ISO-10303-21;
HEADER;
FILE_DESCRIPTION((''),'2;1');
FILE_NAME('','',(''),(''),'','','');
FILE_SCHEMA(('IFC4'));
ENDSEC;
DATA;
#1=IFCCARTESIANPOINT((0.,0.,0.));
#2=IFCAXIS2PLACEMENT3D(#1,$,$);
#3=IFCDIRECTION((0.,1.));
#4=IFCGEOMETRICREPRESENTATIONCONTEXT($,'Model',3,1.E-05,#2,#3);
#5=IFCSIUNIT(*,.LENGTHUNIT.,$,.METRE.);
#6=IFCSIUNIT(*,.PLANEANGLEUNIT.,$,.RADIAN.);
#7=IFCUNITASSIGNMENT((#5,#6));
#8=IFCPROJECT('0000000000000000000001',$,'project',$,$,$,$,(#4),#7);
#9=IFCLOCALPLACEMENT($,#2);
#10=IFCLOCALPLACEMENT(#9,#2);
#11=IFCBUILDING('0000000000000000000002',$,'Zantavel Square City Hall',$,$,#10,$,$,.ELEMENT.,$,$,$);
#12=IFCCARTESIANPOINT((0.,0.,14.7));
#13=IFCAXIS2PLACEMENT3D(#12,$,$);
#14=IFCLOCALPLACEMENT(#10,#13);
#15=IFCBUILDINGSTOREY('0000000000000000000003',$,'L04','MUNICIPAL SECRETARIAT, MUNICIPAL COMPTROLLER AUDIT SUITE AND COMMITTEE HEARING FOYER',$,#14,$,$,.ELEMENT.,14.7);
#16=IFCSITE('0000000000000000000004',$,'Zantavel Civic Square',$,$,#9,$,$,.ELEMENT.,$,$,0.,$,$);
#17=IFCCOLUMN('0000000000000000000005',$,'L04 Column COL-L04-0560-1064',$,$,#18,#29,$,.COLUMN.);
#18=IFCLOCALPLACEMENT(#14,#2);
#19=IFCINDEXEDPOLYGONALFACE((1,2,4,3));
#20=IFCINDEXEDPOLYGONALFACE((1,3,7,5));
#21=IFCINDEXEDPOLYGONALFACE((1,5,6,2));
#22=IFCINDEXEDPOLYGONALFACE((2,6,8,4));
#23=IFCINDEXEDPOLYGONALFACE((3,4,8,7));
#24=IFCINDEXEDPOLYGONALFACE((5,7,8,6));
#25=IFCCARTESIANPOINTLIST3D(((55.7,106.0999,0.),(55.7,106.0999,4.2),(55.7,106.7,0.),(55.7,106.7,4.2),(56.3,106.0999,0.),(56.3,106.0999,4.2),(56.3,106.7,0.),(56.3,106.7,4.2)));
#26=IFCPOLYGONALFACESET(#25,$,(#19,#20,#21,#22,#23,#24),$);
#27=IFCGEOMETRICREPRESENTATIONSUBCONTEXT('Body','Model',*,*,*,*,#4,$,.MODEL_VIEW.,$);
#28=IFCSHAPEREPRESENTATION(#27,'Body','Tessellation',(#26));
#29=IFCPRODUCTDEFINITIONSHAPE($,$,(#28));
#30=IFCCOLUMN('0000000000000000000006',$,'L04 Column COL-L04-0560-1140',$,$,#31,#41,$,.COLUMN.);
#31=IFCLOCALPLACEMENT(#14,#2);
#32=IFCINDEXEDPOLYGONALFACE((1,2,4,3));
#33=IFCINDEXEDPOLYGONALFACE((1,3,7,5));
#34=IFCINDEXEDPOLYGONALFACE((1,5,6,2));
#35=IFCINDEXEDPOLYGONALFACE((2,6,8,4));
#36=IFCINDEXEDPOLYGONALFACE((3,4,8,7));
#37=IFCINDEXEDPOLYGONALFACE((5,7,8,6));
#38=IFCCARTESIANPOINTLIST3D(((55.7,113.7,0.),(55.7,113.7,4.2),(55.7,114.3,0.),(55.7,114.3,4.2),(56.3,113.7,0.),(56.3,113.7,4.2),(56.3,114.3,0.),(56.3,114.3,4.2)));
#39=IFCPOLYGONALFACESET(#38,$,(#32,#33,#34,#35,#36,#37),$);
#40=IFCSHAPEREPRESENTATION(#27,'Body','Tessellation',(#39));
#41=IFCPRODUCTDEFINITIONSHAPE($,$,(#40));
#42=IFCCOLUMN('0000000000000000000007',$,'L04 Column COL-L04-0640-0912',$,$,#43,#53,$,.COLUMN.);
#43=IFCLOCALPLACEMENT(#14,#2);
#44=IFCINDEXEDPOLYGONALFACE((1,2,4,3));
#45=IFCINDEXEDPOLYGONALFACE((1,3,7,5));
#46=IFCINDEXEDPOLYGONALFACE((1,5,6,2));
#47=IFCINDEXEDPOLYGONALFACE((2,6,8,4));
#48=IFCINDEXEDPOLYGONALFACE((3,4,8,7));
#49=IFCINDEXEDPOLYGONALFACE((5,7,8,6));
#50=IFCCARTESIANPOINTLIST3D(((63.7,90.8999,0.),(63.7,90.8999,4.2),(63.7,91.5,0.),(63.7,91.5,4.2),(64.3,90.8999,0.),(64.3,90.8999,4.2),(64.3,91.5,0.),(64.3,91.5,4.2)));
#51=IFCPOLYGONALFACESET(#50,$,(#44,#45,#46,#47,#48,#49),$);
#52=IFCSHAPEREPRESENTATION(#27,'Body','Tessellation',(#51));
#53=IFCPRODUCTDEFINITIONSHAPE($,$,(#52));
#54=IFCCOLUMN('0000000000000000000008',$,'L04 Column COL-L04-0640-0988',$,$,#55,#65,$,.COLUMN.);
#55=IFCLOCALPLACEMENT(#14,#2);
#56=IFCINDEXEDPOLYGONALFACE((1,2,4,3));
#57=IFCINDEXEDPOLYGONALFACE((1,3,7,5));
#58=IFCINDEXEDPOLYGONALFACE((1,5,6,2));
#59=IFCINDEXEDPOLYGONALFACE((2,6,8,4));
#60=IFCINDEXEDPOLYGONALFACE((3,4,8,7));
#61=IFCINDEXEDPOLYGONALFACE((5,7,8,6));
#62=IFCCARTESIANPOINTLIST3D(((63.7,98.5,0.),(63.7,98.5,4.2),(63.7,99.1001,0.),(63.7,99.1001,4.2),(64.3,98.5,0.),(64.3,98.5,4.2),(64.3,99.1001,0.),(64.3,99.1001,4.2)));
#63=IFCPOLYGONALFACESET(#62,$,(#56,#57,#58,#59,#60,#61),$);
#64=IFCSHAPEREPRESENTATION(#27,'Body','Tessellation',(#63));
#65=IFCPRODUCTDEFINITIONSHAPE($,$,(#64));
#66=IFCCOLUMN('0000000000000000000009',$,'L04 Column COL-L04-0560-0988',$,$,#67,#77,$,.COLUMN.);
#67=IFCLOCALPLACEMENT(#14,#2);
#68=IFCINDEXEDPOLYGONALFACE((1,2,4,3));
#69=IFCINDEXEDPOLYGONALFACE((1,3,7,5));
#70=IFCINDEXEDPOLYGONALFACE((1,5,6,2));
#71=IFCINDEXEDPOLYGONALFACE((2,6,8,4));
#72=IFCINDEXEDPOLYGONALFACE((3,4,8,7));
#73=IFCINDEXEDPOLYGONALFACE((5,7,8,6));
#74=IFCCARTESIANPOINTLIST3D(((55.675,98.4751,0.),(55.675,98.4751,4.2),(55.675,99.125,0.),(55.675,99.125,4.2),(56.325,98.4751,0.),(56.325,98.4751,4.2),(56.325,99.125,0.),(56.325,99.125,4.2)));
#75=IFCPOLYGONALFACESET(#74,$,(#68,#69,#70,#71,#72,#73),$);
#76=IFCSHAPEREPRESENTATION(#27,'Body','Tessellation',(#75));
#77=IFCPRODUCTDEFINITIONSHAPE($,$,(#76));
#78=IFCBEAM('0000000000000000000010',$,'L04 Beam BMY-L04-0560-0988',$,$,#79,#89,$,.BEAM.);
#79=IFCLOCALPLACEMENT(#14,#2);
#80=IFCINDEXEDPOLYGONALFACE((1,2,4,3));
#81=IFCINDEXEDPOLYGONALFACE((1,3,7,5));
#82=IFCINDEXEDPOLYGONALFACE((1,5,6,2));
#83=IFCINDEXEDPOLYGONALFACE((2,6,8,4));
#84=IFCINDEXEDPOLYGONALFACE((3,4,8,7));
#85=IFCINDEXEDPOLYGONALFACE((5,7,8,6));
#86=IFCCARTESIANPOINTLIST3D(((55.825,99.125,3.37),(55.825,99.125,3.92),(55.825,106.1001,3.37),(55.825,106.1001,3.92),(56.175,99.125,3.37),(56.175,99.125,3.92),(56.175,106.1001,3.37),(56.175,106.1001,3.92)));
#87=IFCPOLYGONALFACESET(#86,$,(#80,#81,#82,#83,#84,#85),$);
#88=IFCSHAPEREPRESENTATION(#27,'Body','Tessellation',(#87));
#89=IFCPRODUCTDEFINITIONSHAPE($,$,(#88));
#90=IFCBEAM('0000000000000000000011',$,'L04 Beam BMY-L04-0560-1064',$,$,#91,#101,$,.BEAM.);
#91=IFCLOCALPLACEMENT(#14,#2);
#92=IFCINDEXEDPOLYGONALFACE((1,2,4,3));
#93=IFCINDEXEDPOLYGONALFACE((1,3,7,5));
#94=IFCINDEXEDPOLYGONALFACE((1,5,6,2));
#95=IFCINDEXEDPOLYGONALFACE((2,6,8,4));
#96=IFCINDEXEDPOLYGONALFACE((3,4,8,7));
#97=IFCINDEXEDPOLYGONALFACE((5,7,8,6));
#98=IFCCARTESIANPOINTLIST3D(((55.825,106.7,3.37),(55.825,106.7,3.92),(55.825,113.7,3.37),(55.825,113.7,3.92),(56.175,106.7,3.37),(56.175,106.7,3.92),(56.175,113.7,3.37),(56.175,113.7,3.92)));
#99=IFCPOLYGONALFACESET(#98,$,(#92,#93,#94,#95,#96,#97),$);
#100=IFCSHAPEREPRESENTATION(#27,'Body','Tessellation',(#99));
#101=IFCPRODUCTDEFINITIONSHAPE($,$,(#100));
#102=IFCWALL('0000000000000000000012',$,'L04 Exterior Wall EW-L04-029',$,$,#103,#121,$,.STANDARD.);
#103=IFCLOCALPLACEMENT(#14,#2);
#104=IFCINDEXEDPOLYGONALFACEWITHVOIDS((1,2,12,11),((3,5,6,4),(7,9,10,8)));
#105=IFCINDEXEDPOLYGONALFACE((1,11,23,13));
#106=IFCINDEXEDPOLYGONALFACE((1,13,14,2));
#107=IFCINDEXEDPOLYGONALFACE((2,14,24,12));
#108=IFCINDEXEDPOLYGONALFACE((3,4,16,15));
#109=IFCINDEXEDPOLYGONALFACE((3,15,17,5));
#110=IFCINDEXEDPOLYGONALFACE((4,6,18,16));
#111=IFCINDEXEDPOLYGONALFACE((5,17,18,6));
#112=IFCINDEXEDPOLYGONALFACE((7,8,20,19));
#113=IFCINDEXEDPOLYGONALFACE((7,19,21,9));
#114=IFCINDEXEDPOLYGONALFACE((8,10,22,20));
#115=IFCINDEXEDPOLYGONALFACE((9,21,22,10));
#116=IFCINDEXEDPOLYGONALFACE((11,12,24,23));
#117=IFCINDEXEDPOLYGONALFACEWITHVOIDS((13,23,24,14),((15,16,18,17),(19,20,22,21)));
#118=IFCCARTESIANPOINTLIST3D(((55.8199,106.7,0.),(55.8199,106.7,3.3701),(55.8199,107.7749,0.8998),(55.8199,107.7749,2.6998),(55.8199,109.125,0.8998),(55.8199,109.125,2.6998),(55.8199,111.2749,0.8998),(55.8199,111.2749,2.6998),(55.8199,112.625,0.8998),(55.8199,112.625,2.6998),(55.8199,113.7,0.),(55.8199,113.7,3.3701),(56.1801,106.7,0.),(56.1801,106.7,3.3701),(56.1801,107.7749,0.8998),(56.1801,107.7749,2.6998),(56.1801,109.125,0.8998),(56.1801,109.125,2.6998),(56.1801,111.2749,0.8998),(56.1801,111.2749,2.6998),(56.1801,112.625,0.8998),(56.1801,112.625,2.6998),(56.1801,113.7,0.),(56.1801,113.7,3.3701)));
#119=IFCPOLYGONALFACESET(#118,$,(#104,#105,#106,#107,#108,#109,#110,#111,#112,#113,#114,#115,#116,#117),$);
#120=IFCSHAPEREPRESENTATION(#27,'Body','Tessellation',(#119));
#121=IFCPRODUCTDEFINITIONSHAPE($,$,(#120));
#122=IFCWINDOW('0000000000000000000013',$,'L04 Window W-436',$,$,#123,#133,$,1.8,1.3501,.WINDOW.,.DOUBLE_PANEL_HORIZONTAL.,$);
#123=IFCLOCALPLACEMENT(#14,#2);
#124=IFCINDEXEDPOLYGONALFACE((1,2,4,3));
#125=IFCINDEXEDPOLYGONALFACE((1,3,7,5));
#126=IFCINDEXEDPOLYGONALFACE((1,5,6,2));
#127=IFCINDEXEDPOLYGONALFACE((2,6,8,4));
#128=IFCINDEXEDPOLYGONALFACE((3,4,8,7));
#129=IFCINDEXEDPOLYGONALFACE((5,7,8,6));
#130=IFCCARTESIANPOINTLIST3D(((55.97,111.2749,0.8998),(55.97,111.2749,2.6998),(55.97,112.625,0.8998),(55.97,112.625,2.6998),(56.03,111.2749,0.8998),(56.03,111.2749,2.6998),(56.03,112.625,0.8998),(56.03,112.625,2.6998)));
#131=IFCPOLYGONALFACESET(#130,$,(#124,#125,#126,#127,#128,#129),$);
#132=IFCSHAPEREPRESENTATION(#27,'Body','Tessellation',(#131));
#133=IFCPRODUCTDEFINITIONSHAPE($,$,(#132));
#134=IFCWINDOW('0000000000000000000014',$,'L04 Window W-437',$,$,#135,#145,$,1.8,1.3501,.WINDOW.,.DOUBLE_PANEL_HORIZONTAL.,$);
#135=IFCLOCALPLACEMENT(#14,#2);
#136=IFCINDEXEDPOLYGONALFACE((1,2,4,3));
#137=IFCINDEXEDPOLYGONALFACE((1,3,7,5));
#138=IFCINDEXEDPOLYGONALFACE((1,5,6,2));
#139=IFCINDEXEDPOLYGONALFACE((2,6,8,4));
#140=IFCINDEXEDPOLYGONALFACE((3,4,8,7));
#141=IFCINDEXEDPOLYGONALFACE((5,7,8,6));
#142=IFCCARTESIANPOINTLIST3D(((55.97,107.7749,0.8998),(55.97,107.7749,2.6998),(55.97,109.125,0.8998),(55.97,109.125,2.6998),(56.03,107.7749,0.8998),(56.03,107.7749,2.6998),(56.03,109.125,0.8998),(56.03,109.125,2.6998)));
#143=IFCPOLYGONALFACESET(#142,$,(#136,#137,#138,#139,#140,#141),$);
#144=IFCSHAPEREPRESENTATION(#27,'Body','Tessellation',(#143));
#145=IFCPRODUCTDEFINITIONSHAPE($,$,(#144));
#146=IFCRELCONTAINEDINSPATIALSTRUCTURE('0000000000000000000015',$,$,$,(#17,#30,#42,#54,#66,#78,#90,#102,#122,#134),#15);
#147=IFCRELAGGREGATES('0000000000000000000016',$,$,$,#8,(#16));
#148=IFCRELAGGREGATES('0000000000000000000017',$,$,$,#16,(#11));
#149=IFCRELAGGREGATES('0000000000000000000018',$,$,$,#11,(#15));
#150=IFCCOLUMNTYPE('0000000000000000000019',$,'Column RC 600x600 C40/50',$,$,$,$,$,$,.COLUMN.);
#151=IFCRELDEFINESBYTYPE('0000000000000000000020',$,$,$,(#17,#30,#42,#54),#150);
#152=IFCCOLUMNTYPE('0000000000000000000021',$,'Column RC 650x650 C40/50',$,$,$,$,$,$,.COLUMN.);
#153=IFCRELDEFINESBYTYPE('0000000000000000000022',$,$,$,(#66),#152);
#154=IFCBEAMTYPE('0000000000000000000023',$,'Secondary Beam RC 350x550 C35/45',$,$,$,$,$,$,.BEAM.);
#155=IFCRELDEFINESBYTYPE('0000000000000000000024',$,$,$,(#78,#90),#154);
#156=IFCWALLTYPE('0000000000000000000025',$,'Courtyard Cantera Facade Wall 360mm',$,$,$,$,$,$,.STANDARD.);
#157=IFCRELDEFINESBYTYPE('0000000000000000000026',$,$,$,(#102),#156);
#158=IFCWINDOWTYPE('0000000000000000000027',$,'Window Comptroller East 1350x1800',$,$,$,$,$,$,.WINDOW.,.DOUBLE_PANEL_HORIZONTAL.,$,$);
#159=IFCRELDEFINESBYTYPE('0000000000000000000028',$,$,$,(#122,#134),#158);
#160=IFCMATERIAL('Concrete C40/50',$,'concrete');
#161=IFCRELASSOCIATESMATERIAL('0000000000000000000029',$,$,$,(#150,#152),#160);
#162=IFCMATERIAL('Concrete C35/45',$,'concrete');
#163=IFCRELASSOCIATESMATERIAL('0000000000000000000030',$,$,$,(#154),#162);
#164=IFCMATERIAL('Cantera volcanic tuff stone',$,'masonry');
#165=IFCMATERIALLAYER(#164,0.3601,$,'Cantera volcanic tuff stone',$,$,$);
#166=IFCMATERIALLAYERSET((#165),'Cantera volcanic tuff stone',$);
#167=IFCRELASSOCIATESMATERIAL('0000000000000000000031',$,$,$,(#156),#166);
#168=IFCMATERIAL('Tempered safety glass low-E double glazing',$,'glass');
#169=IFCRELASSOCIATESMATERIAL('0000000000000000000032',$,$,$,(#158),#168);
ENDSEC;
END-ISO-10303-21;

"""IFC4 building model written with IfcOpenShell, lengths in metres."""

from ifc_helpers import new_model, si_unit, direction, frame, frame_2d, origin, origin_2d, place, context, subcontext, project, spatial, rectangle, extrude, material, layer, layer_set, material_profile, profile_set, type_object, element, fill, save


model = new_model("IFC4")

# Units and contexts
model_context = context("Model", 3, precision=1e-05, world=origin(), true_north=direction((0.0, 1.0)))
body_context = subcontext(model_context, "Body", "Model", "MODEL_VIEW")
ifc_project = project(units=[si_unit("LENGTHUNIT", "METRE"), si_unit("PLANEANGLEUNIT", "RADIAN")], contexts=[model_context])

# Site, building, storey
site_placement = place(None, origin())
site = spatial("IfcSite", under=ifc_project, at=site_placement, Name="Zantavel Civic Square", CompositionType="ELEMENT", RefElevation=0.0)
building_placement = place(site_placement, origin())
building = spatial("IfcBuilding", under=site, at=building_placement, Name="Zantavel Square City Hall", CompositionType="ELEMENT")
storey_placement = place(building_placement, frame((0.0, 0.0, 14.7)))
storey = spatial("IfcBuildingStorey", under=building, at=storey_placement, Name="L04", Description="MUNICIPAL SECRETARIAT, MUNICIPAL COMPTROLLER AUDIT SUITE AND COMMITTEE HEARING FOYER", CompositionType="ELEMENT", Elevation=14.7)

# Columns
ifc_material_1 = material(Name="Concrete C40/50", Category="concrete")
ifc_material_profile_1 = material_profile(ifc_material_1, rectangle(XDim=0.6001, YDim=0.6001, at=origin_2d()), Name="RC 600x600")
ifc_profile_set_1 = profile_set([ifc_material_profile_1], Name="Concrete C40/50")
column_type_1 = type_object("IfcColumnType", Name="Column RC 600x600 C40/50", PredefinedType="COLUMN", material=ifc_profile_set_1)
for number, where, z_axis, x_axis, name in (
    (1, (56.0, 106.3999, 0.0), (0.0, 0.0, 1.0), (1.0, 0.0, 0.0), "L04 Column COL-L04-0560-1064"),
    (2, (56.0, 114.0, 0.0), (0.0, 0.0, 1.0), (1.0, 0.0, 0.0), "L04 Column COL-L04-0560-1140"),
    (3, (64.0, 91.2, 0.0), (0.0, 0.0, 1.0), (1.0, 0.0, 0.0), "L04 Column COL-L04-0640-0912"),
    (4, (64.0, 98.8, 0.0), (0.0, 0.0, 1.0), (1.0, 0.0, 0.0), "L04 Column COL-L04-0640-0988"),
):
    element("IfcColumn", number, at=place(storey_placement, frame(where, z_axis=z_axis, x_axis=x_axis)), inside=storey, type_object=column_type_1, Name=name, PredefinedType="COLUMN", context=body_context, shape_type="SweptSolid", body=[
        extrude(rectangle(XDim=0.6001, YDim=0.6001, at=origin_2d()), origin(), (0.0, 0.0, 1.0), 4.2),
    ])
ifc_material_profile_2 = material_profile(ifc_material_1, rectangle(XDim=0.6499, YDim=0.6499, at=origin_2d()), Name="RC 650x650")
ifc_profile_set_2 = profile_set([ifc_material_profile_2], Name="Concrete C40/50")
column_type_2 = type_object("IfcColumnType", Name="Column RC 650x650 C40/50", PredefinedType="COLUMN", material=ifc_profile_set_2)
column_placement = place(storey_placement, frame((56.0, 98.8, 0.0), z_axis=(0.0, 0.0, 1.0), x_axis=(1.0, 0.0, 0.0)))
element("IfcColumn", 5, at=column_placement, inside=storey, type_object=column_type_2, Name="L04 Column COL-L04-0560-0988", PredefinedType="COLUMN", context=body_context, shape_type="SweptSolid", body=[
    extrude(rectangle(XDim=0.6499, YDim=0.6499, at=origin_2d()), origin(), (0.0, 0.0, 1.0), 4.2),
])

# Beams
ifc_material_2 = material(Name="Concrete C35/45", Category="concrete")
ifc_material_profile_3 = material_profile(ifc_material_2, rectangle(XDim=0.3501, YDim=0.55, at=origin_2d()), Name="RC 350x550")
ifc_profile_set_3 = profile_set([ifc_material_profile_3], Name="Concrete C35/45")
beam_type = type_object("IfcBeamType", Name="Secondary Beam RC 350x550 C35/45", PredefinedType="BEAM", material=ifc_profile_set_3)
beam_1_placement = place(storey_placement, frame((56.0, 99.125, 3.645), z_axis=(0.0, 1.0, 0.0), x_axis=(-1.0, 0.0, 0.0)))
element("IfcBeam", 6, at=beam_1_placement, inside=storey, type_object=beam_type, Name="L04 Beam BMY-L04-0560-0988", PredefinedType="BEAM", context=body_context, shape_type="SweptSolid", body=[
    extrude(rectangle(XDim=0.3501, YDim=0.55, at=origin_2d()), origin(), (0.0, 0.0, 1.0), 6.9751),
])
beam_2_placement = place(storey_placement, frame((56.0, 106.7, 3.645), z_axis=(0.0, 1.0, 0.0), x_axis=(-1.0, 0.0, 0.0)))
element("IfcBeam", 7, at=beam_2_placement, inside=storey, type_object=beam_type, Name="L04 Beam BMY-L04-0560-1064", PredefinedType="BEAM", context=body_context, shape_type="SweptSolid", body=[
    extrude(rectangle(XDim=0.3501, YDim=0.55, at=origin_2d()), origin(), (0.0, 0.0, 1.0), 7.0),
])

# Wall, openings, windows
ifc_material_3 = material(Name="Cantera volcanic tuff stone", Category="masonry")
ifc_layer_1 = layer(ifc_material_3, 0.3601, Name="Cantera volcanic tuff stone")
ifc_layer_set_1 = layer_set([ifc_layer_1], Name="Cantera volcanic tuff stone")
wall_type_1 = type_object("IfcWallType", Name="Courtyard Cantera Facade Wall 360mm", PredefinedType="STANDARD", material=ifc_layer_set_1)
wall_1_placement = place(storey_placement, frame((56.0, 113.7, 0.0), z_axis=(0.0, 0.0, 1.0), x_axis=(0.0, -1.0, 0.0)))
wall_1 = element("IfcWall", 8, at=wall_1_placement, inside=storey, type_object=wall_type_1, Name="L04 Exterior Wall EW-L04-029", PredefinedType="STANDARD", context=body_context, shape_type="SweptSolid", body=[
    extrude(rectangle(XDim=7.0, YDim=0.3601, at=frame_2d((3.5, 0.0))), origin(), (0.0, 0.0, 1.0), 3.3701),
])
opening_1_placement = place(wall_1_placement, frame((1.075, 0.0, 0.8999)))
opening_1 = element("IfcOpeningElement", 9, at=opening_1_placement, cuts=wall_1, PredefinedType="OPENING", context=body_context, shape_type="SweptSolid", body=[
    extrude(rectangle(XDim=1.3501, YDim=1.8, at=frame_2d((0.675, 0.8999))), frame((0.0, 0.1899, 0.0), z_axis=(0.0, -1.0, 0.0), x_axis=(1.0, 0.0, 0.0)), (0.0, 0.0, 1.0), 0.3801),
])
opening_2_placement = place(wall_1_placement, frame((4.575, 0.0, 0.8999)))
opening_2 = element("IfcOpeningElement", 10, at=opening_2_placement, cuts=wall_1, PredefinedType="OPENING", context=body_context, shape_type="SweptSolid", body=[
    extrude(rectangle(XDim=1.3501, YDim=1.8, at=frame_2d((0.675, 0.8999))), frame((0.0, 0.1899, 0.0), z_axis=(0.0, -1.0, 0.0), x_axis=(1.0, 0.0, 0.0)), (0.0, 0.0, 1.0), 0.3801),
])
ifc_material_4 = material(Name="Tempered safety glass low-E double glazing", Category="glass")
window_type_1 = type_object("IfcWindowType", Name="Window Comptroller East 1350x1800", PartitioningType="DOUBLE_PANEL_HORIZONTAL", PredefinedType="WINDOW", material=ifc_material_4)
window_1_placement = place(opening_1_placement, origin())
window_1 = element("IfcWindow", 11, at=window_1_placement, inside=storey, type_object=window_type_1, Name="L04 Window W-436", OverallHeight=1.8, OverallWidth=1.3501, PartitioningType="DOUBLE_PANEL_HORIZONTAL", PredefinedType="WINDOW", context=body_context, shape_type="SweptSolid", body=[
    extrude(rectangle(XDim=1.3501, YDim=1.8, at=frame_2d((0.675, 0.8999))), frame((0.0, 0.03, 0.0), z_axis=(0.0, -1.0, 0.0), x_axis=(1.0, 0.0, 0.0)), (0.0, 0.0, 1.0), 0.0601),
])
fill(opening_1, window_1)
window_2_placement = place(opening_2_placement, origin())
window_2 = element("IfcWindow", 12, at=window_2_placement, inside=storey, type_object=window_type_1, Name="L04 Window W-437", OverallHeight=1.8, OverallWidth=1.3501, PartitioningType="DOUBLE_PANEL_HORIZONTAL", PredefinedType="WINDOW", context=body_context, shape_type="SweptSolid", body=[
    extrude(rectangle(XDim=1.3501, YDim=1.8, at=frame_2d((0.675, 0.8999))), frame((0.0, 0.03, 0.0), z_axis=(0.0, -1.0, 0.0), x_axis=(1.0, 0.0, 0.0)), (0.0, 0.0, 1.0), 0.0601),
])
fill(opening_2, window_2)

save(model, "model.ifc")
